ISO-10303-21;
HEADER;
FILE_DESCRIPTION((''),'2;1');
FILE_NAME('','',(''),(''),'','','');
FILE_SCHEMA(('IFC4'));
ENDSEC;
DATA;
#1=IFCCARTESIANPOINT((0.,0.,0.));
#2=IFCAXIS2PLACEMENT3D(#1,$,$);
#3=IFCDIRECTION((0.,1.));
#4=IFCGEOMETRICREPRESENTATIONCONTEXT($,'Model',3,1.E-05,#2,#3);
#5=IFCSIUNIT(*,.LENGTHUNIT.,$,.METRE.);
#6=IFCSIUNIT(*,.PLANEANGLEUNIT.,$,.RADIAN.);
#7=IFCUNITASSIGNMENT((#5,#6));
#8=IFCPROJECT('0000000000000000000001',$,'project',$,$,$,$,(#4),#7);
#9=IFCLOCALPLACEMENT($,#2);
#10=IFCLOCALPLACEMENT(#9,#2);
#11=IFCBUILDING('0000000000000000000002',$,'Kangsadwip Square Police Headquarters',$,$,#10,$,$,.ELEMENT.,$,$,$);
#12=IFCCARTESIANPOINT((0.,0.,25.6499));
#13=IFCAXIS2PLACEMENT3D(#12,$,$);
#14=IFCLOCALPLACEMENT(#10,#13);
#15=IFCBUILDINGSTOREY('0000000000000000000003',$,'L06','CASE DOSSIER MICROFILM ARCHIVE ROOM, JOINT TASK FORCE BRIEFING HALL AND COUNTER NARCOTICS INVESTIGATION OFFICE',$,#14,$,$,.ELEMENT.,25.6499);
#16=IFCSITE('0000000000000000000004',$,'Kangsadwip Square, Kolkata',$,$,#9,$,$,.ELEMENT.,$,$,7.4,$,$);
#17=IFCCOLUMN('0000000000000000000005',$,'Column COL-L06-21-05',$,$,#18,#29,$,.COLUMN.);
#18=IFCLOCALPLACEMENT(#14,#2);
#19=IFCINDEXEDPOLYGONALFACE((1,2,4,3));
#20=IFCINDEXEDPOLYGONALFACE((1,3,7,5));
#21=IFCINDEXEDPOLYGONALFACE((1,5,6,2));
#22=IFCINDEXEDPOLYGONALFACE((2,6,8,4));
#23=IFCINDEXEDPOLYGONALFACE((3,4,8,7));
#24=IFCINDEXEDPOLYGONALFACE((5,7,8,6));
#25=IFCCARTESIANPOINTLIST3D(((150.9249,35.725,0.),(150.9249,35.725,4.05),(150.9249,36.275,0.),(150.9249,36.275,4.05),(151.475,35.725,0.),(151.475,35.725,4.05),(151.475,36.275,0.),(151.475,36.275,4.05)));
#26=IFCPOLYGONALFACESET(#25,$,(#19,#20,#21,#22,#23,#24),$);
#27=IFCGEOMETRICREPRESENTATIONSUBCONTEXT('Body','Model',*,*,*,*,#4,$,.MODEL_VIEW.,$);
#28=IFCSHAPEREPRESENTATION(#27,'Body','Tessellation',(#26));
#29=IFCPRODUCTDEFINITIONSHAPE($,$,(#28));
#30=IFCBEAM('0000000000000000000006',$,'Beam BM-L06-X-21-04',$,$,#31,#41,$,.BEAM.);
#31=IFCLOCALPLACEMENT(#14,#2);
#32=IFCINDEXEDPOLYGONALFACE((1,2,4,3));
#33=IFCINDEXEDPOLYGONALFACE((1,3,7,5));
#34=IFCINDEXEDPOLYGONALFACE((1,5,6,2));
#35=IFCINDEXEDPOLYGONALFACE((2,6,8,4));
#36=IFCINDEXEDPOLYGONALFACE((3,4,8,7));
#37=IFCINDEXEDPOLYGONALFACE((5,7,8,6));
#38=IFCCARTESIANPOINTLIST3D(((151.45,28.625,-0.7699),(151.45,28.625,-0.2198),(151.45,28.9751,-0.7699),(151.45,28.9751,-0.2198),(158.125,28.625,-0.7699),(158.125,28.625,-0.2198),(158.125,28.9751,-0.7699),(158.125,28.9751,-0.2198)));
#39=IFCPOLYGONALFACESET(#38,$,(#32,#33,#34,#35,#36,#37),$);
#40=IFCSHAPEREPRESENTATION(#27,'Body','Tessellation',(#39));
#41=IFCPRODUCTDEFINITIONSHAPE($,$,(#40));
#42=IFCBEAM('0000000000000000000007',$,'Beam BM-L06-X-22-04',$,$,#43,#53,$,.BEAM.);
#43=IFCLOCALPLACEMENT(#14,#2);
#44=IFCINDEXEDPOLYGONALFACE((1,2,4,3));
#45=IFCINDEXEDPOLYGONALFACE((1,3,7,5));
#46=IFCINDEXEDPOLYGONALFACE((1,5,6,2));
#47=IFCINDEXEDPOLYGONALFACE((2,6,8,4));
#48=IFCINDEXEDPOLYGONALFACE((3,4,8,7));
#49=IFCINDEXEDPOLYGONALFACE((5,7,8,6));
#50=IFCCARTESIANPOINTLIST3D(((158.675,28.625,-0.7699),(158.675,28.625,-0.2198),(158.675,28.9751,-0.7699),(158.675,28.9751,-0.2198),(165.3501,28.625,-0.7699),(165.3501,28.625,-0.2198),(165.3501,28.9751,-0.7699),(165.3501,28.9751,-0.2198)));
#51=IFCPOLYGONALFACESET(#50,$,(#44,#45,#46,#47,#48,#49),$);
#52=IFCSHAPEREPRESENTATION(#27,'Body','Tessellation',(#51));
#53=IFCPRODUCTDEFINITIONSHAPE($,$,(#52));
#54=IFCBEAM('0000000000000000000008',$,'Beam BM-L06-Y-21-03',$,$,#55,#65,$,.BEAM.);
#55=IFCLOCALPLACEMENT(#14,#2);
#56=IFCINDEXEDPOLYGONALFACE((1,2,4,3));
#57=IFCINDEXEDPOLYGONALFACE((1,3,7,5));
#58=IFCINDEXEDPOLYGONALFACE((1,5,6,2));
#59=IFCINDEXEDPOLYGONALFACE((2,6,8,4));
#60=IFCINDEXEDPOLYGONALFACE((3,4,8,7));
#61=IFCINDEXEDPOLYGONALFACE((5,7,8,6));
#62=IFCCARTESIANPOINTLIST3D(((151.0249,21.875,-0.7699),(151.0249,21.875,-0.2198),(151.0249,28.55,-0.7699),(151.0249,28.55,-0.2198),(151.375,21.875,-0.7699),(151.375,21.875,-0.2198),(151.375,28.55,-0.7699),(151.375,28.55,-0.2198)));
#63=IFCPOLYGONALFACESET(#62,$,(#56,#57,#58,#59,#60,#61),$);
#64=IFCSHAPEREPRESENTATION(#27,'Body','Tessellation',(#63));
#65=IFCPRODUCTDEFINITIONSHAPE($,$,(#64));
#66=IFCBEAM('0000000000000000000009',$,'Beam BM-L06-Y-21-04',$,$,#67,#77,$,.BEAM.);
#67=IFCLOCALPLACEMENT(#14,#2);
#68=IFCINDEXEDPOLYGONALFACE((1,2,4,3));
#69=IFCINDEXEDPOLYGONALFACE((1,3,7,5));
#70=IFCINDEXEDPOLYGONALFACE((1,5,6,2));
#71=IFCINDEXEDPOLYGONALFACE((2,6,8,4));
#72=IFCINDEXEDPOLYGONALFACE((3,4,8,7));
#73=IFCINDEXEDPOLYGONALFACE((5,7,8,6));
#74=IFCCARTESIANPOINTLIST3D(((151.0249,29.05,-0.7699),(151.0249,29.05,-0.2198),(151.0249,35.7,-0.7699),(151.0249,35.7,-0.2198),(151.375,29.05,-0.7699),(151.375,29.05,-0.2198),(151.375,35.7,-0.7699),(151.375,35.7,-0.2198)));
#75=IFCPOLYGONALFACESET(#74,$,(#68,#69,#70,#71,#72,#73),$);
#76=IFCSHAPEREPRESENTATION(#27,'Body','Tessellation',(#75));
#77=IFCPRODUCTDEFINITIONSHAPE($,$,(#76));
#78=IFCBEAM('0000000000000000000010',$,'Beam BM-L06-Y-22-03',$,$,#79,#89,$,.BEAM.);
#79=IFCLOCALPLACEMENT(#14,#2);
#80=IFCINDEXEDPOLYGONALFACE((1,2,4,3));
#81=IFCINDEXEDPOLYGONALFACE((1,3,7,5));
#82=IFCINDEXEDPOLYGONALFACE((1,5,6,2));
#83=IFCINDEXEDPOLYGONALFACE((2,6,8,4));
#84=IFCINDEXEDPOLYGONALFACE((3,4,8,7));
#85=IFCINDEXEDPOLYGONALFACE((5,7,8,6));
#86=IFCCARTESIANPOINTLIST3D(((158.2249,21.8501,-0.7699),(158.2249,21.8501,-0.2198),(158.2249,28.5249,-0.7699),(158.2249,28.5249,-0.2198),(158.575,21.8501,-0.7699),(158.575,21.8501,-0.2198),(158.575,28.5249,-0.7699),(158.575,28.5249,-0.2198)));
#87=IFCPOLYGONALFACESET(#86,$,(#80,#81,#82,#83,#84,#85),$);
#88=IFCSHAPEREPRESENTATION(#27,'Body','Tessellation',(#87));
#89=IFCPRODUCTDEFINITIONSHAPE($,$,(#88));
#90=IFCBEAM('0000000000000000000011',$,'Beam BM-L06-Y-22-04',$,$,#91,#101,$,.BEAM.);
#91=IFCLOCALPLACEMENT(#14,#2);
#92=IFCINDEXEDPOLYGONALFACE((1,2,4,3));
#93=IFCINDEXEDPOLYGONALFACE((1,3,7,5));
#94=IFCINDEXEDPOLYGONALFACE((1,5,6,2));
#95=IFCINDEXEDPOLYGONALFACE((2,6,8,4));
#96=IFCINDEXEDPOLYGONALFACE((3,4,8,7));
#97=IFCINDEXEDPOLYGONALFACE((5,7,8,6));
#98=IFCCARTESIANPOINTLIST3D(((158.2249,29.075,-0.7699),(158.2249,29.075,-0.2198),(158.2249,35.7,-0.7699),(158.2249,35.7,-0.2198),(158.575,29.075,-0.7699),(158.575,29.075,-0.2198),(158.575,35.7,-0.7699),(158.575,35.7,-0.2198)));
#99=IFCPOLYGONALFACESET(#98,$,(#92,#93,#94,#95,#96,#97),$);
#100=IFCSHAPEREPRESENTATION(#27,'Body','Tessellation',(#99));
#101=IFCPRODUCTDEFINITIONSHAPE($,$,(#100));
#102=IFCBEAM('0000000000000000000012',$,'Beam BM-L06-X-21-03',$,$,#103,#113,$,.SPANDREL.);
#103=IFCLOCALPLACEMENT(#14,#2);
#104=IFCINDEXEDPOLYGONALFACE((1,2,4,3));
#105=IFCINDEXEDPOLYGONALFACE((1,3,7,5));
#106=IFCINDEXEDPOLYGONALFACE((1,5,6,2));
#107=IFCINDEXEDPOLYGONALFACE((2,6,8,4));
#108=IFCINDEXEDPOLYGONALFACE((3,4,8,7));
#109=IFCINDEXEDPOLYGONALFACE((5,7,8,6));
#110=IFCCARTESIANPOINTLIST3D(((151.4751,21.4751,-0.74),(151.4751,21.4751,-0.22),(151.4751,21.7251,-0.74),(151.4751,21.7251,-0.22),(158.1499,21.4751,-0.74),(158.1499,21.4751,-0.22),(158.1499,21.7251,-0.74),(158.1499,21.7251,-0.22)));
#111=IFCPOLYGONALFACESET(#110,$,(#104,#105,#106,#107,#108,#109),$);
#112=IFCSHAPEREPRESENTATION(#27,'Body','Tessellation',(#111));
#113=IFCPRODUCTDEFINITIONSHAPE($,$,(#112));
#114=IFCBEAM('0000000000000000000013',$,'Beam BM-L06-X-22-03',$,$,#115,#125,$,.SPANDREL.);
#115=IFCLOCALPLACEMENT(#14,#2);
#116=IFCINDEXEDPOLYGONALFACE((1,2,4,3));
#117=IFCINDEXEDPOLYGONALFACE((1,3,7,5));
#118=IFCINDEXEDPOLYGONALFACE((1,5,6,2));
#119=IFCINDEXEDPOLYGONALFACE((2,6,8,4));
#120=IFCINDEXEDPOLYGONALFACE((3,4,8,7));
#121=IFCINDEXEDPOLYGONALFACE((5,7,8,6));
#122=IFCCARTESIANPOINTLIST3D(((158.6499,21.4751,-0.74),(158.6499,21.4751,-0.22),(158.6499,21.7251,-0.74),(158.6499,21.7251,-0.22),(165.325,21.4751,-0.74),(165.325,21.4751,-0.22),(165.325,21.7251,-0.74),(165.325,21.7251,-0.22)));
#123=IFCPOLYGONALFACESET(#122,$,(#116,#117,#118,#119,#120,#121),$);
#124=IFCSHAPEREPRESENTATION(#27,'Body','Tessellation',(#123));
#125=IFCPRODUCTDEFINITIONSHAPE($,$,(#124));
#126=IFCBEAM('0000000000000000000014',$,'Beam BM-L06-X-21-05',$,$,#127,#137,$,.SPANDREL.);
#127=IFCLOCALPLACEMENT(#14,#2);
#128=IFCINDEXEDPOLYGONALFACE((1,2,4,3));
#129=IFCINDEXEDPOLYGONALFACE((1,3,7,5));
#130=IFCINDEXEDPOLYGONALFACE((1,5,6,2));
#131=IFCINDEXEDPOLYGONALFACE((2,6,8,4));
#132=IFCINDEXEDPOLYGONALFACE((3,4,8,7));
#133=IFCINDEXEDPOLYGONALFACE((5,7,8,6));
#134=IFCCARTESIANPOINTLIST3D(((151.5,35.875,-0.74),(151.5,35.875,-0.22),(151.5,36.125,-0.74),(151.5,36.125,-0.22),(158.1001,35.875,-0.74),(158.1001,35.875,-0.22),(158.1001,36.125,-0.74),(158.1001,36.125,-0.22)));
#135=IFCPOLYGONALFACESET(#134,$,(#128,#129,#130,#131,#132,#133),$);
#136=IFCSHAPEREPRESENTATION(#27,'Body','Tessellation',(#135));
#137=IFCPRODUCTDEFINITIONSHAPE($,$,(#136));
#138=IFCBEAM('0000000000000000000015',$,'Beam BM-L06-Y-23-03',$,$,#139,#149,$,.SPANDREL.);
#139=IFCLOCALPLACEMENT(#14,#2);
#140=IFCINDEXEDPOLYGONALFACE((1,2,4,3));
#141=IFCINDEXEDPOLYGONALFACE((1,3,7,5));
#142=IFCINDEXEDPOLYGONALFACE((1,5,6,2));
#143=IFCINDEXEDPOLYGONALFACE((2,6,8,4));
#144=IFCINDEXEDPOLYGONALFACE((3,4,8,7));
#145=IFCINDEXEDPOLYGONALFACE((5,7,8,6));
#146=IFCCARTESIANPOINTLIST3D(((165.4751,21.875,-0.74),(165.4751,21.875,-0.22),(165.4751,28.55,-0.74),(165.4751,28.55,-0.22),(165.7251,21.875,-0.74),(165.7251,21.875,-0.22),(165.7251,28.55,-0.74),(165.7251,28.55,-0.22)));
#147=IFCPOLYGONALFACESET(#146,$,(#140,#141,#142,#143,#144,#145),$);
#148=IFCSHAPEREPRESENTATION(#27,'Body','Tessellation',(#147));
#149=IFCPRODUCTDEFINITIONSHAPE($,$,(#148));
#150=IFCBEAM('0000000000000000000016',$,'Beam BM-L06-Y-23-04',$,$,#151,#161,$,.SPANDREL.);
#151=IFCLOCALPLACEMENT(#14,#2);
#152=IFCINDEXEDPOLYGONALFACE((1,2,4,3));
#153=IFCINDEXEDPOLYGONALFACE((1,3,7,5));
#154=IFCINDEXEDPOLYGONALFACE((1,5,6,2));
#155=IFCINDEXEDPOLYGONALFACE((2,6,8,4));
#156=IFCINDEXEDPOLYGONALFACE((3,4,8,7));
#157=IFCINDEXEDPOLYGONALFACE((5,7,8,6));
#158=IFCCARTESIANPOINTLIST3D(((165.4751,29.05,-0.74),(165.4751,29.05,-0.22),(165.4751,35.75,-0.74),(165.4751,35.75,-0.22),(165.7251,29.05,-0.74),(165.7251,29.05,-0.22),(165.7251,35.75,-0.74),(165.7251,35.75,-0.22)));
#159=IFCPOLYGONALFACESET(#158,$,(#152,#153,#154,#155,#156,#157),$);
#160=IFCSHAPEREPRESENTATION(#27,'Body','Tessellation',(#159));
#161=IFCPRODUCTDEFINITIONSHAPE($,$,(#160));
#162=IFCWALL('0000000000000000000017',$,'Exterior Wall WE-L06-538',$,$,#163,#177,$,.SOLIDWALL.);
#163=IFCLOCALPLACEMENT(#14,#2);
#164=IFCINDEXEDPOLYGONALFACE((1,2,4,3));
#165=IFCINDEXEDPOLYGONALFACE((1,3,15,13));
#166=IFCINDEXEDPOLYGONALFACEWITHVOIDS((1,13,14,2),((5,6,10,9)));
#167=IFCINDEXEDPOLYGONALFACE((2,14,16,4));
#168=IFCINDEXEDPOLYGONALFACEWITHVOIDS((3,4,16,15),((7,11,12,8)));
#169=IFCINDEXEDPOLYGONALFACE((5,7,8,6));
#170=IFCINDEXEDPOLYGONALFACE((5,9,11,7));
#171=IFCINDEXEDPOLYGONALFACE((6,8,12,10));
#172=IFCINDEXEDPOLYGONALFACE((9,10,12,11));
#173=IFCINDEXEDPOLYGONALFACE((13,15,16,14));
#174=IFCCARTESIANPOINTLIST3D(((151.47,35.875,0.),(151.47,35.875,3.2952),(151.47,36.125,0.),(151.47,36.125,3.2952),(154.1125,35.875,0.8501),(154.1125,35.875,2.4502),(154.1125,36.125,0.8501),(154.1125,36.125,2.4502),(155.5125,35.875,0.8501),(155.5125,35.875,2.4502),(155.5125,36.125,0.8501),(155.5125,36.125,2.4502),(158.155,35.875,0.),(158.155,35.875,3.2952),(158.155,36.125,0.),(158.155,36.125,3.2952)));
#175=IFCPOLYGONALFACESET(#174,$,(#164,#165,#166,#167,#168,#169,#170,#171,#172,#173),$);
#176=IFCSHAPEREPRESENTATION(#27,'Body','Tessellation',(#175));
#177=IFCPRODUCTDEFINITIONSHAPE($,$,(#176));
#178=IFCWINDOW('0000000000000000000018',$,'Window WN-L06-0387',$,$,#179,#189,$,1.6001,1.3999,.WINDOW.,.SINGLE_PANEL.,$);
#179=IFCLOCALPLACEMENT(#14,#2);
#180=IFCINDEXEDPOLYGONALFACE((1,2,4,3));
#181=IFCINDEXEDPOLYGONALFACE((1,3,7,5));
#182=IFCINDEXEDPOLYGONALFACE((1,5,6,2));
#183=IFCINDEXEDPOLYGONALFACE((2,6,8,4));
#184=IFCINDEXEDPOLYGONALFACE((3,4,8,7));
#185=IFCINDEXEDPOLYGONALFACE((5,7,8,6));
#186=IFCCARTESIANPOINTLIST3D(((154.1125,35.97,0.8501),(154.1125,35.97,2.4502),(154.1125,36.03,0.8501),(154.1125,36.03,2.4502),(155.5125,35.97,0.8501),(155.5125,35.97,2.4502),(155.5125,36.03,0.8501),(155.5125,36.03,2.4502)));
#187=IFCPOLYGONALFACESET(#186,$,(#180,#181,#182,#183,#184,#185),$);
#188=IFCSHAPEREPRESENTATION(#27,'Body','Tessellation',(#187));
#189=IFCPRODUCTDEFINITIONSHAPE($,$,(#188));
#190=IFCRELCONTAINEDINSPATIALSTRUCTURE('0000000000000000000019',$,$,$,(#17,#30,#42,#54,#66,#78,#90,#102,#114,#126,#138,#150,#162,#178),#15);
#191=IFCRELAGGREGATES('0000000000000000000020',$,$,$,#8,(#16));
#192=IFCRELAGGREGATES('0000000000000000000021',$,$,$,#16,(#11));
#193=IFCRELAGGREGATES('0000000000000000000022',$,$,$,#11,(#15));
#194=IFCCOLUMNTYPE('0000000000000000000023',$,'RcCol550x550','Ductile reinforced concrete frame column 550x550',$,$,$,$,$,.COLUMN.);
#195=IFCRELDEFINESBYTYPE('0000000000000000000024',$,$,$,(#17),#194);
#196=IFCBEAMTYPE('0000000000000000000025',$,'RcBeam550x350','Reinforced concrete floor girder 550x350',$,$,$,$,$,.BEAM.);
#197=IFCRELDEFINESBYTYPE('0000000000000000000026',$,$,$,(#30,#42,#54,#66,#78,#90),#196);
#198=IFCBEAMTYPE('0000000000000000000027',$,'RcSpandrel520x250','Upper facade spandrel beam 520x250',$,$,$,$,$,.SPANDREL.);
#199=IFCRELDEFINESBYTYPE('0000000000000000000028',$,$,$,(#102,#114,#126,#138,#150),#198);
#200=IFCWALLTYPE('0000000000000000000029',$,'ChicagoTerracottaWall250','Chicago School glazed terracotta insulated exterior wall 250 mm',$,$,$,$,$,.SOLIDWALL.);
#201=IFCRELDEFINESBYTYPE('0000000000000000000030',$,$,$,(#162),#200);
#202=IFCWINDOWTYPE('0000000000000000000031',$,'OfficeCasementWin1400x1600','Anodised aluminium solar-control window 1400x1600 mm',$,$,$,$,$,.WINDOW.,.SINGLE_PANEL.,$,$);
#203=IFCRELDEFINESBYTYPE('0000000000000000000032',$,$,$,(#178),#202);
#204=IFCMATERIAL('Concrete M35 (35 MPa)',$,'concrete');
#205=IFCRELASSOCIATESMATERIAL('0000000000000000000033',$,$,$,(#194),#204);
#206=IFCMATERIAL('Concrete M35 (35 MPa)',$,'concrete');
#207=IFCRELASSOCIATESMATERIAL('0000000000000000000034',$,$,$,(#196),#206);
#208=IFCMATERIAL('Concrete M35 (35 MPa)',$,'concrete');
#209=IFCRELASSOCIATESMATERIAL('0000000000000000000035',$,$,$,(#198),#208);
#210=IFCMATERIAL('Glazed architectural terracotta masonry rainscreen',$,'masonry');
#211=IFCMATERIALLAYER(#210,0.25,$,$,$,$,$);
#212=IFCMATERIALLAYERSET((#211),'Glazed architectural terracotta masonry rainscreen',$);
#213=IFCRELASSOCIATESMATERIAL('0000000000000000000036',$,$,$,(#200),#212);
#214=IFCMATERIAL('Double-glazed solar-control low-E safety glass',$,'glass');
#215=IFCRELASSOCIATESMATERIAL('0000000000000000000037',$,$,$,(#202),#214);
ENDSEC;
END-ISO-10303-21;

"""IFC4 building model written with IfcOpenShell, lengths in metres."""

from ifc_helpers import new_model, si_unit, direction, frame, frame_2d, origin, origin_2d, place, context, subcontext, project, spatial, rectangle, extrude, material, layer, layer_set, material_profile, profile_set, type_object, element, fill, save


model = new_model("IFC4")

# Units and contexts
model_context = context("Model", 3, precision=1e-05, world=origin(), true_north=direction((0.0, 1.0)))
body_context = subcontext(model_context, "Body", "Model", "MODEL_VIEW")
ifc_project = project(units=[si_unit("LENGTHUNIT", "METRE"), si_unit("PLANEANGLEUNIT", "RADIAN")], contexts=[model_context])

# Site, building, storey
site_placement = place(None, origin())
site = spatial("IfcSite", under=ifc_project, at=site_placement, Name="Kangsadwip Square, Kolkata", CompositionType="ELEMENT", RefElevation=7.4)
building_placement = place(site_placement, origin())
building = spatial("IfcBuilding", under=site, at=building_placement, Name="Kangsadwip Square Police Headquarters", CompositionType="ELEMENT")
storey_placement = place(building_placement, frame((0.0, 0.0, 25.6499)))
storey = spatial("IfcBuildingStorey", under=building, at=storey_placement, Name="L06", Description="CASE DOSSIER MICROFILM ARCHIVE ROOM, JOINT TASK FORCE BRIEFING HALL AND COUNTER NARCOTICS INVESTIGATION OFFICE", CompositionType="ELEMENT", Elevation=25.6499)

# Column
ifc_material_1 = material(Name="Concrete M35 (35 MPa)", Category="concrete")
ifc_material_profile_1 = material_profile(ifc_material_1, rectangle(XDim=0.55, YDim=0.55, at=origin_2d()), Name="RC COL 550X550")
ifc_profile_set_1 = profile_set([ifc_material_profile_1], Name="Concrete M35 (35 MPa)")
column_type = type_object("IfcColumnType", Name="RcCol550x550", Description="Ductile reinforced concrete frame column 550x550", PredefinedType="COLUMN", material=ifc_profile_set_1)
column_placement = place(storey_placement, frame((151.2, 36.0, 0.0), z_axis=(0.0, 0.0, 1.0), x_axis=(1.0, 0.0, 0.0)))
element("IfcColumn", 1, at=column_placement, inside=storey, type_object=column_type, Name="Column COL-L06-21-05", PredefinedType="COLUMN", context=body_context, shape_type="SweptSolid", body=[
    extrude(rectangle(XDim=0.55, YDim=0.55, at=origin_2d()), origin(), (0.0, 0.0, 1.0), 4.05),
])

# Beams
ifc_material_2 = material(Name="Concrete M35 (35 MPa)", Category="concrete")
ifc_material_profile_2 = material_profile(ifc_material_2, rectangle(XDim=0.3501, YDim=0.55, at=origin_2d()), Name="RC BM 550X350")
ifc_profile_set_2 = profile_set([ifc_material_profile_2], Name="Concrete M35 (35 MPa)")
beam_type_1 = type_object("IfcBeamType", Name="RcBeam550x350", Description="Reinforced concrete floor girder 550x350", PredefinedType="BEAM", material=ifc_profile_set_2)
for number, where, z_axis, x_axis, name in (
    (2, (151.45, 28.8, -0.4949), (1.0, 0.0, 0.0), (0.0, 1.0, 0.0), "Beam BM-L06-X-21-04"),
    (3, (158.675, 28.8, -0.4949), (1.0, 0.0, 0.0), (0.0, 1.0, 0.0), "Beam BM-L06-X-22-04"),
    (4, (151.2, 21.875, -0.4949), (0.0, 1.0, 0.0), (-1.0, 0.0, 0.0), "Beam BM-L06-Y-21-03"),
):
    element("IfcBeam", number, at=place(storey_placement, frame(where, z_axis=z_axis, x_axis=x_axis)), inside=storey, type_object=beam_type_1, Name=name, PredefinedType="BEAM", context=body_context, shape_type="SweptSolid", body=[
        extrude(rectangle(XDim=0.3501, YDim=0.55, at=origin_2d()), origin(), (0.0, 0.0, 1.0), 6.675),
    ])
beam_1_placement = place(storey_placement, frame((151.2, 29.05, -0.4949), z_axis=(0.0, 1.0, 0.0), x_axis=(-1.0, 0.0, 0.0)))
element("IfcBeam", 5, at=beam_1_placement, inside=storey, type_object=beam_type_1, Name="Beam BM-L06-Y-21-04", PredefinedType="BEAM", context=body_context, shape_type="SweptSolid", body=[
    extrude(rectangle(XDim=0.3501, YDim=0.55, at=origin_2d()), origin(), (0.0, 0.0, 1.0), 6.6499),
])
beam_2_placement = place(storey_placement, frame((158.3999, 21.8501, -0.4949), z_axis=(0.0, 1.0, 0.0), x_axis=(-1.0, 0.0, 0.0)))
element("IfcBeam", 6, at=beam_2_placement, inside=storey, type_object=beam_type_1, Name="Beam BM-L06-Y-22-03", PredefinedType="BEAM", context=body_context, shape_type="SweptSolid", body=[
    extrude(rectangle(XDim=0.3501, YDim=0.55, at=origin_2d()), origin(), (0.0, 0.0, 1.0), 6.6748),
])
beam_3_placement = place(storey_placement, frame((158.3999, 29.075, -0.4949), z_axis=(0.0, 1.0, 0.0), x_axis=(-1.0, 0.0, 0.0)))
element("IfcBeam", 7, at=beam_3_placement, inside=storey, type_object=beam_type_1, Name="Beam BM-L06-Y-22-04", PredefinedType="BEAM", context=body_context, shape_type="SweptSolid", body=[
    extrude(rectangle(XDim=0.3501, YDim=0.55, at=origin_2d()), origin(), (0.0, 0.0, 1.0), 6.625),
])
ifc_material_3 = material(Name="Concrete M35 (35 MPa)", Category="concrete")
ifc_material_profile_3 = material_profile(ifc_material_3, rectangle(XDim=0.25, YDim=0.52, at=origin_2d()), Name="RC SPN 520X250")
ifc_profile_set_3 = profile_set([ifc_material_profile_3], Name="Concrete M35 (35 MPa)")
beam_type_2 = type_object("IfcBeamType", Name="RcSpandrel520x250", Description="Upper facade spandrel beam 520x250", PredefinedType="SPANDREL", material=ifc_profile_set_3)
beam_4_placement = place(storey_placement, frame((151.4751, 21.6001, -0.48), z_axis=(1.0, 0.0, 0.0), x_axis=(0.0, 1.0, 0.0)))
element("IfcBeam", 8, at=beam_4_placement, inside=storey, type_object=beam_type_2, Name="Beam BM-L06-X-21-03", PredefinedType="SPANDREL", context=body_context, shape_type="SweptSolid", body=[
    extrude(rectangle(XDim=0.25, YDim=0.52, at=origin_2d()), origin(), (0.0, 0.0, 1.0), 6.6748),
])
beam_5_placement = place(storey_placement, frame((158.6499, 21.6001, -0.48), z_axis=(1.0, 0.0, 0.0), x_axis=(0.0, 1.0, 0.0)))
element("IfcBeam", 9, at=beam_5_placement, inside=storey, type_object=beam_type_2, Name="Beam BM-L06-X-22-03", PredefinedType="SPANDREL", context=body_context, shape_type="SweptSolid", body=[
    extrude(rectangle(XDim=0.25, YDim=0.52, at=origin_2d()), origin(), (0.0, 0.0, 1.0), 6.675),
])
beam_6_placement = place(storey_placement, frame((151.5, 36.0, -0.48), z_axis=(1.0, 0.0, 0.0), x_axis=(0.0, 1.0, 0.0)))
element("IfcBeam", 10, at=beam_6_placement, inside=storey, type_object=beam_type_2, Name="Beam BM-L06-X-21-05", PredefinedType="SPANDREL", context=body_context, shape_type="SweptSolid", body=[
    extrude(rectangle(XDim=0.25, YDim=0.52, at=origin_2d()), origin(), (0.0, 0.0, 1.0), 6.6001),
])
beam_7_placement = place(storey_placement, frame((165.6001, 21.875, -0.48), z_axis=(0.0, 1.0, 0.0), x_axis=(-1.0, 0.0, 0.0)))
element("IfcBeam", 11, at=beam_7_placement, inside=storey, type_object=beam_type_2, Name="Beam BM-L06-Y-23-03", PredefinedType="SPANDREL", context=body_context, shape_type="SweptSolid", body=[
    extrude(rectangle(XDim=0.25, YDim=0.52, at=origin_2d()), origin(), (0.0, 0.0, 1.0), 6.675),
])
beam_8_placement = place(storey_placement, frame((165.6001, 29.05, -0.48), z_axis=(0.0, 1.0, 0.0), x_axis=(-1.0, 0.0, 0.0)))
element("IfcBeam", 12, at=beam_8_placement, inside=storey, type_object=beam_type_2, Name="Beam BM-L06-Y-23-04", PredefinedType="SPANDREL", context=body_context, shape_type="SweptSolid", body=[
    extrude(rectangle(XDim=0.25, YDim=0.52, at=origin_2d()), origin(), (0.0, 0.0, 1.0), 6.7),
])

# Wall, opening, window
ifc_material_4 = material(Name="Glazed architectural terracotta masonry rainscreen", Category="masonry")
ifc_layer_1 = layer(ifc_material_4, 0.25)
ifc_layer_set_1 = layer_set([ifc_layer_1], Name="Glazed architectural terracotta masonry rainscreen")
wall_type_1 = type_object("IfcWallType", Name="ChicagoTerracottaWall250", Description="Chicago School glazed terracotta insulated exterior wall 250 mm", PredefinedType="SOLIDWALL", material=ifc_layer_set_1)
wall_placement = place(storey_placement, frame((151.47, 36.0, 0.0), z_axis=(0.0, 0.0, 1.0), x_axis=(1.0, 0.0, 0.0)))
wall = element("IfcWall", 13, at=wall_placement, inside=storey, type_object=wall_type_1, Name="Exterior Wall WE-L06-538", PredefinedType="SOLIDWALL", context=body_context, shape_type="SweptSolid", body=[
    extrude(rectangle(XDim=6.6851, YDim=0.25, at=frame_2d((3.3425, 0.0))), origin(), (0.0, 0.0, 1.0), 3.2952),
])
opening_placement = place(wall_placement, frame((2.6426, 0.0, 0.8501)))
opening = element("IfcOpeningElement", 14, at=opening_placement, cuts=wall, PredefinedType="OPENING", context=body_context, shape_type="SweptSolid", body=[
    extrude(rectangle(XDim=1.3999, YDim=1.6001, at=frame_2d((0.7, 0.8))), frame((0.0, 0.135, 0.0), z_axis=(0.0, -1.0, 0.0), x_axis=(1.0, 0.0, 0.0)), (0.0, 0.0, 1.0), 0.27),
])
ifc_material_5 = material(Name="Double-glazed solar-control low-E safety glass", Category="glass")
window_type = type_object("IfcWindowType", Name="OfficeCasementWin1400x1600", Description="Anodised aluminium solar-control window 1400x1600 mm", PartitioningType="SINGLE_PANEL", PredefinedType="WINDOW", material=ifc_material_5)
window_placement = place(opening_placement, origin())
window = element("IfcWindow", 15, at=window_placement, inside=storey, type_object=window_type, Name="Window WN-L06-0387", OverallHeight=1.6001, OverallWidth=1.3999, PartitioningType="SINGLE_PANEL", PredefinedType="WINDOW", context=body_context, shape_type="SweptSolid", body=[
    extrude(rectangle(XDim=1.3999, YDim=1.6001, at=frame_2d((0.7, 0.8))), frame((0.0, 0.03, 0.0), z_axis=(0.0, -1.0, 0.0), x_axis=(1.0, 0.0, 0.0)), (0.0, 0.0, 1.0), 0.0601),
])
fill(opening, window)

save(model, "model.ifc")
